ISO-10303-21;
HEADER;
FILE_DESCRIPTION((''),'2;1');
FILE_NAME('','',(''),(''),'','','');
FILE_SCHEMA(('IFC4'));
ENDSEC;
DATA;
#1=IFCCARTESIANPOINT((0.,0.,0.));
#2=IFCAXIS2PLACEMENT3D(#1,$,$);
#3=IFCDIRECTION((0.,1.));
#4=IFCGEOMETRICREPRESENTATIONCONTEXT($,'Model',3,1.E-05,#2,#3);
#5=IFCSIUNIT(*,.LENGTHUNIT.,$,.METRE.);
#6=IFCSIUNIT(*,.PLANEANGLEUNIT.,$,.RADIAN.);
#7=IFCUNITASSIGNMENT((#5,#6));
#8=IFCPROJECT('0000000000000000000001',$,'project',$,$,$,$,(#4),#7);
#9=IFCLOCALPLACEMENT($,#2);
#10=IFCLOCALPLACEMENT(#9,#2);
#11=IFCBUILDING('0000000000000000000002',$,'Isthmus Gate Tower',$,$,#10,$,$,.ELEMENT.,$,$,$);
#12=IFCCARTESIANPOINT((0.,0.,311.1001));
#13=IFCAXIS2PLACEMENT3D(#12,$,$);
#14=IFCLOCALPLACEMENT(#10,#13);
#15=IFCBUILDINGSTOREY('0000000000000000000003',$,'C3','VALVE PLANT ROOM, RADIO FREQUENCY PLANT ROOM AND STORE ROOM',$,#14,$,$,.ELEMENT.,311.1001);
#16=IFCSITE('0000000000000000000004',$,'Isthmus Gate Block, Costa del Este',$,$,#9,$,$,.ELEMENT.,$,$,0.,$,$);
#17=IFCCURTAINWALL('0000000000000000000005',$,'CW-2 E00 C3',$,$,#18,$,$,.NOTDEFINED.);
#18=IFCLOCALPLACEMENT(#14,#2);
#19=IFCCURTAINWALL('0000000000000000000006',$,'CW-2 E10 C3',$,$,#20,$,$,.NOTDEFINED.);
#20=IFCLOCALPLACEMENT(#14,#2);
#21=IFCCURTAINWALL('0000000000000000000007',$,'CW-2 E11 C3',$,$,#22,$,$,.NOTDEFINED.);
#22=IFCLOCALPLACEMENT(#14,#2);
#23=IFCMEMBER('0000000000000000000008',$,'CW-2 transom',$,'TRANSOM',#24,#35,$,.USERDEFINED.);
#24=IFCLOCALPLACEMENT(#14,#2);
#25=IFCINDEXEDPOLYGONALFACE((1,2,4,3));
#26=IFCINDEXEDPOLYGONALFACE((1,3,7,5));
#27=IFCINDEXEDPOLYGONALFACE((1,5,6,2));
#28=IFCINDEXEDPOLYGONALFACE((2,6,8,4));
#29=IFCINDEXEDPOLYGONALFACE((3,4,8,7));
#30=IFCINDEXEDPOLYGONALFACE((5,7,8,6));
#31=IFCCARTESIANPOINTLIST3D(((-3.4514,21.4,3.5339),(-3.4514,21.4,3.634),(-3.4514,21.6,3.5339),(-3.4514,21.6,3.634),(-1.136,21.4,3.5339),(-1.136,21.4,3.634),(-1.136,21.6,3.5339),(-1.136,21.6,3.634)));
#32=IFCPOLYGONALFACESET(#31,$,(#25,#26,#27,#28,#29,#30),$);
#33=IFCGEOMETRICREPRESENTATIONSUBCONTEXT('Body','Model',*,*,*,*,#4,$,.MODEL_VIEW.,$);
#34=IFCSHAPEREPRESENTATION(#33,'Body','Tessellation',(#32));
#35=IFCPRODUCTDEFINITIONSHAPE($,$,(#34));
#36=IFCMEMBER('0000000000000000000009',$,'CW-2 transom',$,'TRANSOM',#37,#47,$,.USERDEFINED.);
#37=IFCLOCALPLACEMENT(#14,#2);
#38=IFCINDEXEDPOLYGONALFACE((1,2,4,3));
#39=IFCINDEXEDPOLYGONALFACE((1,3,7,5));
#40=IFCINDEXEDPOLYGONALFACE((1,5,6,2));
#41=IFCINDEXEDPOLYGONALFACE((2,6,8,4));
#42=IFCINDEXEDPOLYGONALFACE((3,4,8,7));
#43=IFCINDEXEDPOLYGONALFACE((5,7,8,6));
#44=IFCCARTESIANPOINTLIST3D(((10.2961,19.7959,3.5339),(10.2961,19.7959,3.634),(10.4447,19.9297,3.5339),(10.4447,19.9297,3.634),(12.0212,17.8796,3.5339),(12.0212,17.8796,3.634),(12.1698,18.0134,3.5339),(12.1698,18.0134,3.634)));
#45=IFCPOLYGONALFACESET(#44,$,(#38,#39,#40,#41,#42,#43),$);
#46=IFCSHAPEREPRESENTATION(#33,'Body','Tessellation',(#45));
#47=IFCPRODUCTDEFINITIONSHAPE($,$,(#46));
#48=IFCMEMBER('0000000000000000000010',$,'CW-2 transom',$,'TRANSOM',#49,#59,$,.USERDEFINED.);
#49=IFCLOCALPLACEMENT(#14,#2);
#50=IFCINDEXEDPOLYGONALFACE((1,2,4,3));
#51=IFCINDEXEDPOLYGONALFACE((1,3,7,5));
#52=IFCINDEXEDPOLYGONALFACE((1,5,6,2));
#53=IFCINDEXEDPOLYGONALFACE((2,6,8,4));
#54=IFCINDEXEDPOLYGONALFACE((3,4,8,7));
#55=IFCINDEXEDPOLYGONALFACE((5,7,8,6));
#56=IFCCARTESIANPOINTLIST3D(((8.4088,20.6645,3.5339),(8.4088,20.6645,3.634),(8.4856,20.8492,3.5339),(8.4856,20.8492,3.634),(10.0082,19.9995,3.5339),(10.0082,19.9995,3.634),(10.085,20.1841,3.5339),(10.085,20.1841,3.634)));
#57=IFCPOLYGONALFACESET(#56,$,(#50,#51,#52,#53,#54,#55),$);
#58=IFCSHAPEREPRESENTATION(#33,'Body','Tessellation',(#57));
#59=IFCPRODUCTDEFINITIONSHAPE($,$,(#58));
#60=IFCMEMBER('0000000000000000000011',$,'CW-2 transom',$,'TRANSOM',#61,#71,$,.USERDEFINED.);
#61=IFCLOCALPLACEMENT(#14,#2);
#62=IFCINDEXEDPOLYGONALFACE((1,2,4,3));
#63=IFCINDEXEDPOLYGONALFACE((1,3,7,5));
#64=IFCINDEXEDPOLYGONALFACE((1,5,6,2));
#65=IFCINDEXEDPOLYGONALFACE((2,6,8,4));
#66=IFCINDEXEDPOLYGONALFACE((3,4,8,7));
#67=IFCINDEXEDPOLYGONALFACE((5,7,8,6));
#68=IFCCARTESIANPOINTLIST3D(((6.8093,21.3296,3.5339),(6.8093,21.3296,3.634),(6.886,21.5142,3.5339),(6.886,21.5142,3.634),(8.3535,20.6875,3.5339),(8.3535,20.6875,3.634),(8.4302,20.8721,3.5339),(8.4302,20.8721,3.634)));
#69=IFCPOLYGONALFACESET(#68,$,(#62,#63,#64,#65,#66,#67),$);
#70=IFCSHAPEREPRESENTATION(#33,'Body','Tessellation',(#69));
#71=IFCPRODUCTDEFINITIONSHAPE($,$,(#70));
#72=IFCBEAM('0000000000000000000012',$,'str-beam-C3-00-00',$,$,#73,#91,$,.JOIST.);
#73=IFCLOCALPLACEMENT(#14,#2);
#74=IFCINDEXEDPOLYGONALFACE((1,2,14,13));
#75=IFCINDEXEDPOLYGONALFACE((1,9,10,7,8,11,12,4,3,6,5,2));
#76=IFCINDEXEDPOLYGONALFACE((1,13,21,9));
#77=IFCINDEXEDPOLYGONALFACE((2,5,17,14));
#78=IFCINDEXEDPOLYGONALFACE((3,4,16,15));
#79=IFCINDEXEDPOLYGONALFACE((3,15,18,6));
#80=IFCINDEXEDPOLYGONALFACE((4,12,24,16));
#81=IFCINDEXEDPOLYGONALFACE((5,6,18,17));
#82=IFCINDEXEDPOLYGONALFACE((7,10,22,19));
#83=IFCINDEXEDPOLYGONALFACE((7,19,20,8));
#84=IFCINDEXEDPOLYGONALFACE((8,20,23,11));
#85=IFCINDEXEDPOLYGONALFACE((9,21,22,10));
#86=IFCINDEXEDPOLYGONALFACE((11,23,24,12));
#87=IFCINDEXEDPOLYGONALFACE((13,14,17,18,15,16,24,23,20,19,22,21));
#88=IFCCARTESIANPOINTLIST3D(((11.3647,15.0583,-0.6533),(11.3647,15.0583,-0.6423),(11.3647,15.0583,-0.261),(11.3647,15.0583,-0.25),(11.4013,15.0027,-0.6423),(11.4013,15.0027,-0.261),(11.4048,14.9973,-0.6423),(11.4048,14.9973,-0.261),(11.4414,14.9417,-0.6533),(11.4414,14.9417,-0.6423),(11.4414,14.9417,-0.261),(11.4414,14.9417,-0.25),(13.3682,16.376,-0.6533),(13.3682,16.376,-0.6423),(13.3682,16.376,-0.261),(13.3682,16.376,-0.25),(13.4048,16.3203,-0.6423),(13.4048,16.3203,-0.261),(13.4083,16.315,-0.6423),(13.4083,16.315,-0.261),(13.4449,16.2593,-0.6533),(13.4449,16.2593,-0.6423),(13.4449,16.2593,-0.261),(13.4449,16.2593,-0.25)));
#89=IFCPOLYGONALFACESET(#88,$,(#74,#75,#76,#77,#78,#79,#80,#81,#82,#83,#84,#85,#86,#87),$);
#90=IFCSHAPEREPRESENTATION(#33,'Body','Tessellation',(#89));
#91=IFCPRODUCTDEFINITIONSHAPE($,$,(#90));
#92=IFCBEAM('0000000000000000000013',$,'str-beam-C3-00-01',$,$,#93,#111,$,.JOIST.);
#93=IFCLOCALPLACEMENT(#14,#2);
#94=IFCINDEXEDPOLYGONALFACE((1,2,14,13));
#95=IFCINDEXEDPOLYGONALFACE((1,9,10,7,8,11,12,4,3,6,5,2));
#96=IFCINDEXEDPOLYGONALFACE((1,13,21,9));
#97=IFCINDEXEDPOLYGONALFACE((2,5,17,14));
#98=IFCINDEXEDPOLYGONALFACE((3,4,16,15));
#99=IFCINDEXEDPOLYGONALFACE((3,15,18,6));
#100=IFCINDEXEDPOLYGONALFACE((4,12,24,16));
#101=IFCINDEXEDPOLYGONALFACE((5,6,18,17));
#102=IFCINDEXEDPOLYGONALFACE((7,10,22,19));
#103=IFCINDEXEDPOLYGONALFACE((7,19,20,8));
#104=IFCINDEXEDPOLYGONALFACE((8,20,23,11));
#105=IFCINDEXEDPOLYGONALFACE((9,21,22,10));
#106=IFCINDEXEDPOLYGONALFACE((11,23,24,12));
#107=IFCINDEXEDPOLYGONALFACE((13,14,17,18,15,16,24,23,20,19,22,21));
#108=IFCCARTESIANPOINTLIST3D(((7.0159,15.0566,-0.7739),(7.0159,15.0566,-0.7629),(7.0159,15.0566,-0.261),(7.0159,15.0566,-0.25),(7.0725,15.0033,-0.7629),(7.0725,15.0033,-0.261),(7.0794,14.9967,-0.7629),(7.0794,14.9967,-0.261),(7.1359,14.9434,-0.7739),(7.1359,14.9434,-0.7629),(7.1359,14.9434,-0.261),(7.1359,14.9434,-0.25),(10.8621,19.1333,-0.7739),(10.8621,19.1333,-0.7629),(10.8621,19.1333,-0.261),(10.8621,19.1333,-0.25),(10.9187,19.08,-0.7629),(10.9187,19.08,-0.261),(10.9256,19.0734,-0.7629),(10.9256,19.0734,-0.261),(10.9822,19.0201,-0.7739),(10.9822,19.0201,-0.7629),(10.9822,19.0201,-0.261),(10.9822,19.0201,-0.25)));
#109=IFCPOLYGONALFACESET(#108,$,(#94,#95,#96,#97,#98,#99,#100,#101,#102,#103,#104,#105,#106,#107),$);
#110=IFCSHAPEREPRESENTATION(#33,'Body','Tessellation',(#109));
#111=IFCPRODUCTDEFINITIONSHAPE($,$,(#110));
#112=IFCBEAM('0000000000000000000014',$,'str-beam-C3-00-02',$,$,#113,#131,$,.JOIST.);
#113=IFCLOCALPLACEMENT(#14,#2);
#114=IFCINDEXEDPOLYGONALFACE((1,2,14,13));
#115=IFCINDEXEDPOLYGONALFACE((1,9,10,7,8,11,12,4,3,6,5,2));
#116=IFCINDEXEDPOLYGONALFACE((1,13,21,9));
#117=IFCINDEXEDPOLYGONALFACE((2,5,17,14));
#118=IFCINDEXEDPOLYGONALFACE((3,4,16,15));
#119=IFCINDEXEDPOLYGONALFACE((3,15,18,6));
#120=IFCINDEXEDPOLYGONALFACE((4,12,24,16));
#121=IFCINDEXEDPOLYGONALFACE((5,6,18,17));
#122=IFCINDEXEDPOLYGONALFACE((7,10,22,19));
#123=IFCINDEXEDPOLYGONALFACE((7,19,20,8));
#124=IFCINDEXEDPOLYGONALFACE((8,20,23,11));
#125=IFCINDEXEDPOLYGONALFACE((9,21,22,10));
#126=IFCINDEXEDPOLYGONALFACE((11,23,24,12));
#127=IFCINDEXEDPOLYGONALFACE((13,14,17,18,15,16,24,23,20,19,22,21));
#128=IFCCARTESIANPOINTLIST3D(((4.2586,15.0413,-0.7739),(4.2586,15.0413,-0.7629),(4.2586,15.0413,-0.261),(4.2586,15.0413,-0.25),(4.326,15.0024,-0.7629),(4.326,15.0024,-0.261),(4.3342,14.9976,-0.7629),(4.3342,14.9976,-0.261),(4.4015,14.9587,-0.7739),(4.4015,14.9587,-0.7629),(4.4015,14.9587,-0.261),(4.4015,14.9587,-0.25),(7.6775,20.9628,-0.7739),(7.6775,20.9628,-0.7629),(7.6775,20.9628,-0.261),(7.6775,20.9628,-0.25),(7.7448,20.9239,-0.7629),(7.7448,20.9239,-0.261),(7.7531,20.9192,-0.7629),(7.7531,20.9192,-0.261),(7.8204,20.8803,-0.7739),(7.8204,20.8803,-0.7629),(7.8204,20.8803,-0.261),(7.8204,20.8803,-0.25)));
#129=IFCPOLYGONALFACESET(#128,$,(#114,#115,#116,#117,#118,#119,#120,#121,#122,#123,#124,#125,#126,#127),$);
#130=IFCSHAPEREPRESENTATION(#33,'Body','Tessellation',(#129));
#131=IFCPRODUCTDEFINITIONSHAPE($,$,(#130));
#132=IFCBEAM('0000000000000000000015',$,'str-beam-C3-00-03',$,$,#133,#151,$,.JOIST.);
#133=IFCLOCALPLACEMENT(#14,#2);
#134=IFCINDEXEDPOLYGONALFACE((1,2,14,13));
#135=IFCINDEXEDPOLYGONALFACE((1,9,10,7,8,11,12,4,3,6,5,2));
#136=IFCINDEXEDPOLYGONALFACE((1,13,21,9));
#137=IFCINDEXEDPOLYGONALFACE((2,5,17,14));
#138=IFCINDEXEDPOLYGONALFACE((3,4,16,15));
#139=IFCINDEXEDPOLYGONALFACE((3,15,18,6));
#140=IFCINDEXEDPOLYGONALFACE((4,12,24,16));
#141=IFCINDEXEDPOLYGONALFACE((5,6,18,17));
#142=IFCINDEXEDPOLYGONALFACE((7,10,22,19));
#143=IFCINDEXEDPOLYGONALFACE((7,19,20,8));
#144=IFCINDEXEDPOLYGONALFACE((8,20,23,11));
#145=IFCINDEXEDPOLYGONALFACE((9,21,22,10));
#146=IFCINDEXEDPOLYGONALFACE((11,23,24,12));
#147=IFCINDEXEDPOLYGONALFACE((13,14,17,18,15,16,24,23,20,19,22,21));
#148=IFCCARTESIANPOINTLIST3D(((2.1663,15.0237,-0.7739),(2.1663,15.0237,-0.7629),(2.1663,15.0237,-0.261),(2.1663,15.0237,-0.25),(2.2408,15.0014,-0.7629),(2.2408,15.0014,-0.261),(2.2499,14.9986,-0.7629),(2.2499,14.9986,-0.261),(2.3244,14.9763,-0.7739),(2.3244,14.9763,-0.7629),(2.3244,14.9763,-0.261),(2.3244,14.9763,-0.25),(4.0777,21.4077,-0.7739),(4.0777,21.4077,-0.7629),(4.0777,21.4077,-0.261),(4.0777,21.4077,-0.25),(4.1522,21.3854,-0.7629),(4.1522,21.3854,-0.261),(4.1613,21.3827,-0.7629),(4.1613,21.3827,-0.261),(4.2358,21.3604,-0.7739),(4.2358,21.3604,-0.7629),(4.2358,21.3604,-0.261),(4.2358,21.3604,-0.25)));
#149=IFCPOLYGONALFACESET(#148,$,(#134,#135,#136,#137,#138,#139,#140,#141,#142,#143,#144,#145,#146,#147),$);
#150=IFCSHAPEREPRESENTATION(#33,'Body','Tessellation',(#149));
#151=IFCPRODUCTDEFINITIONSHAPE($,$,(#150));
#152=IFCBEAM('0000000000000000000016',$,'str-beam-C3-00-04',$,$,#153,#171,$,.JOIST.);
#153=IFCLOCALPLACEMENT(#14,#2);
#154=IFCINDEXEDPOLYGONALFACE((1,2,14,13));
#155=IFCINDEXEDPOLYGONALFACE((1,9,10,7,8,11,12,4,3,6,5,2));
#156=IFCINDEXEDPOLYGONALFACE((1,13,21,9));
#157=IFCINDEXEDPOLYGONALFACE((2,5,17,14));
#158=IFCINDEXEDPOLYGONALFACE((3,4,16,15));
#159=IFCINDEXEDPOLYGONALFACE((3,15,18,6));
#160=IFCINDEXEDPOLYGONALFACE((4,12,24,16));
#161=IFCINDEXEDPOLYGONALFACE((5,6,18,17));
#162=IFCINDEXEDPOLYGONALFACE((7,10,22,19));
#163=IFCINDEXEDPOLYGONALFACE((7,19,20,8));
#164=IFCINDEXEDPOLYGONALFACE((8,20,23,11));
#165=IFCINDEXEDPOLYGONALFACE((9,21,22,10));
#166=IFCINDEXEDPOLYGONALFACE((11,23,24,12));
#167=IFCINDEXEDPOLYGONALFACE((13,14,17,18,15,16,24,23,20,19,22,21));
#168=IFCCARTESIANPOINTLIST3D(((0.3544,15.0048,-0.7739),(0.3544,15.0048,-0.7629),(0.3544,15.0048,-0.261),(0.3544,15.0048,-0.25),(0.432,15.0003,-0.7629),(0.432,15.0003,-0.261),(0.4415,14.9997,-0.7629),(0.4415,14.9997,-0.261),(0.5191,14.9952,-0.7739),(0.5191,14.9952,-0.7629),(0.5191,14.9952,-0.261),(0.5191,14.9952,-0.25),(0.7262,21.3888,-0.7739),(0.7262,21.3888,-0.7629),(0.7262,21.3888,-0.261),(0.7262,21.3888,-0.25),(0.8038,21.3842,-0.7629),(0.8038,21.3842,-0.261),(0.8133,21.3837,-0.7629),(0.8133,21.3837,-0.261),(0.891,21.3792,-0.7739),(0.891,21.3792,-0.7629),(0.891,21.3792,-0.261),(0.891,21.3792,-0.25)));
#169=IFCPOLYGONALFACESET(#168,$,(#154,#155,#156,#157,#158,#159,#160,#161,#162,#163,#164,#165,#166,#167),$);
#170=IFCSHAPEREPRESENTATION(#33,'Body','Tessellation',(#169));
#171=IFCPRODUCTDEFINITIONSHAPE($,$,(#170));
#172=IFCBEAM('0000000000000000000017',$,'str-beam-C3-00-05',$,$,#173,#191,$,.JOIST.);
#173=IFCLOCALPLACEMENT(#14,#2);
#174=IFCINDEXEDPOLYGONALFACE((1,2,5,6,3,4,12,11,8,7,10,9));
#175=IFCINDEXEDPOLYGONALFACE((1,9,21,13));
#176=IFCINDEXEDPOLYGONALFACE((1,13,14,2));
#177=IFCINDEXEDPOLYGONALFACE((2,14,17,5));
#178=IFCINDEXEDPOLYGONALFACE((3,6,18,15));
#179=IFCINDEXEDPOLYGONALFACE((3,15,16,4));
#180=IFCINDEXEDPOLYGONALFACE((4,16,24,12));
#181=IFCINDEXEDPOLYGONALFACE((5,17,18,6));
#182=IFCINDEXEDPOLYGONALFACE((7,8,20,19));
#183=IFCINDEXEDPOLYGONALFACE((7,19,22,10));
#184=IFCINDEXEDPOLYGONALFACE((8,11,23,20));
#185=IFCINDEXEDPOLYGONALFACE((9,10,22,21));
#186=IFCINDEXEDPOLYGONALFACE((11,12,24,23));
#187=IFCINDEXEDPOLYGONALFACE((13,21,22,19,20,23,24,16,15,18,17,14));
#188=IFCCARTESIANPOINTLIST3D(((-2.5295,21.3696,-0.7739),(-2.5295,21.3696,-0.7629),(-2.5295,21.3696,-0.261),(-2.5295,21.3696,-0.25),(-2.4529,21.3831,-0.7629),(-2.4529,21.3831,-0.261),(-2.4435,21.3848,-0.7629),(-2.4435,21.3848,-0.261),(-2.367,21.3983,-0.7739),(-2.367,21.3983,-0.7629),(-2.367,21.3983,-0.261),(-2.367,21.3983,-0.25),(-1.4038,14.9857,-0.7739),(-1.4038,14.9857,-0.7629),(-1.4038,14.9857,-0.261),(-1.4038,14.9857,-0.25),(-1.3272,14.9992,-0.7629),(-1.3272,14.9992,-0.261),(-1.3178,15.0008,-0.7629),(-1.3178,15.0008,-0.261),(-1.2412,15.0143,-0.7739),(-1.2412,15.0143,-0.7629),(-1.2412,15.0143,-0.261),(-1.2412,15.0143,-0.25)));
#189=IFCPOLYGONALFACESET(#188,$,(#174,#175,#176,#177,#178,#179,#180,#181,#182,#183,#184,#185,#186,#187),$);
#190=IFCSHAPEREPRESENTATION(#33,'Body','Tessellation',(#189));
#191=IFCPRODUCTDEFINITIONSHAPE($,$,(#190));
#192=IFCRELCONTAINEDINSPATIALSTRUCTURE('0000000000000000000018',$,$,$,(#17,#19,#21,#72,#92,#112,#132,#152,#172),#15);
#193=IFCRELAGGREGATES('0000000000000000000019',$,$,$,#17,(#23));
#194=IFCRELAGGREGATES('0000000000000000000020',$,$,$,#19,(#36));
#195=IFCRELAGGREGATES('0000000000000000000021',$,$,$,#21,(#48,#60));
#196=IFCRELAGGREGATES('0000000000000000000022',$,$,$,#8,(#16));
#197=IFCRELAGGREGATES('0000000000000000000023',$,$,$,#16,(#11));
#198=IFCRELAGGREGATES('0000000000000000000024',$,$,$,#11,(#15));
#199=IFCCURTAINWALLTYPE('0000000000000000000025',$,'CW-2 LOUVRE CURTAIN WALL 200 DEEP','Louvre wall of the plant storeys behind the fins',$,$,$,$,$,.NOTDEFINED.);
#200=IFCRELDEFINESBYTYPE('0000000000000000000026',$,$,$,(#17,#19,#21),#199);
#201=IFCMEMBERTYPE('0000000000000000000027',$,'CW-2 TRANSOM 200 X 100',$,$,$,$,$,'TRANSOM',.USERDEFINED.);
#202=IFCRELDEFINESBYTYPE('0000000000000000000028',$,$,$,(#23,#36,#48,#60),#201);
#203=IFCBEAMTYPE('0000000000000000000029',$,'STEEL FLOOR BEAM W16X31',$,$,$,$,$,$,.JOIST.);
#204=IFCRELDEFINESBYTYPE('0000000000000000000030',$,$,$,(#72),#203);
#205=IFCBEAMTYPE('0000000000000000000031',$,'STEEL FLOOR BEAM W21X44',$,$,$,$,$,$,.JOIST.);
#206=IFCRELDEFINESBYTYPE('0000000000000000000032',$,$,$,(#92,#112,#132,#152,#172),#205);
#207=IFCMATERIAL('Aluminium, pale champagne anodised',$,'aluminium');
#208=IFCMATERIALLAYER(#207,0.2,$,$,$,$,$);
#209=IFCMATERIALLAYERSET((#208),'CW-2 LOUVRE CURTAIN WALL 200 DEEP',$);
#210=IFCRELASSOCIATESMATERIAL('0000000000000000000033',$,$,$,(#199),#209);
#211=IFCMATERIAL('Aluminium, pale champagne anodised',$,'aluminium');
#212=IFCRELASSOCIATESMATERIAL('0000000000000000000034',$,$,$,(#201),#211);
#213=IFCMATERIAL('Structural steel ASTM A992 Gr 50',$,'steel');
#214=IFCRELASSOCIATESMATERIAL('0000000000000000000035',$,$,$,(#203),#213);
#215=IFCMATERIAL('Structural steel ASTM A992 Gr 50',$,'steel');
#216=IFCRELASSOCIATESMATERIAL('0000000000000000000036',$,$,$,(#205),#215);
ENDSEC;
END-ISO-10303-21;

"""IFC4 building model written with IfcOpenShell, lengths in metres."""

from ifc_helpers import new_model, si_unit, direction, frame, origin, origin_2d, place, context, subcontext, project, spatial, rectangle, i_section, extrude, material, layer, layer_set, material_profile, profile_set, type_object, element, aggregate, save


model = new_model("IFC4")

# Units and contexts
model_context = context("Model", 3, precision=1e-05, world=origin(), true_north=direction((0.0, 1.0)))
body_context = subcontext(model_context, "Body", "Model", "MODEL_VIEW")
ifc_project = project(units=[si_unit("LENGTHUNIT", "METRE"), si_unit("PLANEANGLEUNIT", "RADIAN")], contexts=[model_context])

# Site, building, storey
site_placement = place(None, origin())
site = spatial("IfcSite", under=ifc_project, at=site_placement, Name="Isthmus Gate Block, Costa del Este", CompositionType="ELEMENT", RefElevation=0.0)
building_placement = place(site_placement, origin())
building = spatial("IfcBuilding", under=site, at=building_placement, Name="Isthmus Gate Tower", CompositionType="ELEMENT")
storey_placement = place(building_placement, frame((0.0, 0.0, 311.1001)))
storey = spatial("IfcBuildingStorey", under=building, at=storey_placement, Name="C3", Description="VALVE PLANT ROOM, RADIO FREQUENCY PLANT ROOM AND STORE ROOM", CompositionType="ELEMENT", Elevation=311.1001)

# Curtain wall
ifc_material_1 = material(Name="Aluminium, pale champagne anodised", Category="aluminium")
ifc_layer_1 = layer(ifc_material_1, 0.2)
ifc_layer_set_1 = layer_set([ifc_layer_1], Name="CW-2 LOUVRE CURTAIN WALL 200 DEEP")
curtain_wall_type = type_object("IfcCurtainWallType", Name="CW-2 LOUVRE CURTAIN WALL 200 DEEP", Description="Louvre wall of the plant storeys behind the fins", PredefinedType="NOTDEFINED", material=ifc_layer_set_1)
curtain_wall_1_placement = place(storey_placement, origin())
curtain_wall_1 = element("IfcCurtainWall", 1, at=curtain_wall_1_placement, inside=storey, type_object=curtain_wall_type, Name="CW-2 E00 C3", PredefinedType="NOTDEFINED")

# Curtain walls
curtain_wall_2_placement = place(storey_placement, origin())
curtain_wall_2 = element("IfcCurtainWall", 2, at=curtain_wall_2_placement, inside=storey, type_object=curtain_wall_type, Name="CW-2 E10 C3", PredefinedType="NOTDEFINED")
curtain_wall_3_placement = place(storey_placement, origin())
curtain_wall_3 = element("IfcCurtainWall", 3, at=curtain_wall_3_placement, inside=storey, type_object=curtain_wall_type, Name="CW-2 E11 C3", PredefinedType="NOTDEFINED")

# Members
ifc_material_2 = material(Name="Aluminium, pale champagne anodised", Category="aluminium")
ifc_material_profile_1 = material_profile(ifc_material_2, rectangle(XDim=0.2, YDim=0.1001, at=origin_2d()), Name="200x100")
ifc_profile_set_1 = profile_set([ifc_material_profile_1], Name="Aluminium, pale champagne anodised")
member_type_1 = type_object("IfcMemberType", Name="CW-2 TRANSOM 200 X 100", ElementType="TRANSOM", PredefinedType="USERDEFINED", material=ifc_profile_set_1)
member_1_placement = place(storey_placement, frame((-1.136, 21.5, 3.584), z_axis=(-1.0, 0.0, 0.0), x_axis=(0.0, -1.0, 0.0)))
member_1 = element("IfcMember", 4, at=member_1_placement, type_object=member_type_1, Name="CW-2 transom", ObjectType="TRANSOM", PredefinedType="USERDEFINED", context=body_context, shape_type="SweptSolid", body=[
    extrude(rectangle(XDim=0.2, YDim=0.1001, at=origin_2d()), origin(), (0.0, 0.0, 1.0), 2.3154),
])
member_2_placement = place(storey_placement, frame((12.0955, 17.9465, 3.584), z_axis=(-0.669064, 0.743205, 0.0), x_axis=(-0.743205, -0.669064, 0.0)))
member_2 = element("IfcMember", 5, at=member_2_placement, type_object=member_type_1, Name="CW-2 transom", ObjectType="TRANSOM", PredefinedType="USERDEFINED", context=body_context, shape_type="SweptSolid", body=[
    extrude(rectangle(XDim=0.2, YDim=0.1001, at=origin_2d()), origin(), (0.0, 0.0, 1.0), 2.5784),
])
member_3_placement = place(storey_placement, frame((10.0466, 20.0918, 3.584), z_axis=(-0.923356, 0.383945, 0.0), x_axis=(-0.383945, -0.923356, 0.0)))
member_3 = element("IfcMember", 6, at=member_3_placement, type_object=member_type_1, Name="CW-2 transom", ObjectType="TRANSOM", PredefinedType="USERDEFINED", context=body_context, shape_type="SweptSolid", body=[
    extrude(rectangle(XDim=0.2, YDim=0.1001, at=origin_2d()), origin(), (0.0, 0.0, 1.0), 1.7322),
])
member_4_placement = place(storey_placement, frame((8.3918, 20.7798, 3.584), z_axis=(-0.923357, 0.383942, 0.0), x_axis=(-0.383942, -0.923357, 0.0)))
member_4 = element("IfcMember", 7, at=member_4_placement, type_object=member_type_1, Name="CW-2 transom", ObjectType="TRANSOM", PredefinedType="USERDEFINED", context=body_context, shape_type="SweptSolid", body=[
    extrude(rectangle(XDim=0.2, YDim=0.1001, at=origin_2d()), origin(), (0.0, 0.0, 1.0), 1.6724),
])

# Beams
ifc_material_3 = material(Name="Structural steel ASTM A992 Gr 50", Category="steel")
ifc_material_profile_2 = material_profile(ifc_material_3, i_section(OverallWidth=0.1396, OverallDepth=0.4033, WebThickness=0.0063, FlangeThickness=0.011, at=origin_2d()), Name="W16X31")
ifc_profile_set_2 = profile_set([ifc_material_profile_2], Name="Structural steel ASTM A992 Gr 50")
beam_type_1 = type_object("IfcBeamType", Name="STEEL FLOOR BEAM W16X31", PredefinedType="JOIST", material=ifc_profile_set_2)
beam_1_placement = place(storey_placement, frame((11.4031, 15.0, -0.4517), z_axis=(0.835496, 0.549497, 0.0), x_axis=(-0.549497, 0.835496, 0.0)))
element("IfcBeam", 8, at=beam_1_placement, inside=storey, type_object=beam_type_1, Name="str-beam-C3-00-00", PredefinedType="JOIST", context=body_context, shape_type="SweptSolid", body=[
    extrude(i_section(OverallWidth=0.1396, OverallDepth=0.4033, WebThickness=0.0063, FlangeThickness=0.011, at=origin_2d()), origin(), (0.0, 0.0, 1.0), 2.3979),
])
ifc_material_4 = material(Name="Structural steel ASTM A992 Gr 50", Category="steel")
ifc_material_profile_3 = material_profile(ifc_material_4, i_section(OverallWidth=0.165, OverallDepth=0.5239, WebThickness=0.0095, FlangeThickness=0.011, at=origin_2d()), Name="W21X44")
ifc_profile_set_3 = profile_set([ifc_material_profile_3], Name="Structural steel ASTM A992 Gr 50")
beam_type_2 = type_object("IfcBeamType", Name="STEEL FLOOR BEAM W21X44", PredefinedType="JOIST", material=ifc_profile_set_3)
beam_2_placement = place(storey_placement, frame((7.0759, 15.0, -0.512), z_axis=(0.686247, 0.727368, 0.0), x_axis=(-0.727368, 0.686247, 0.0)))
element("IfcBeam", 9, at=beam_2_placement, inside=storey, type_object=beam_type_2, Name="str-beam-C3-00-01", PredefinedType="JOIST", context=body_context, shape_type="SweptSolid", body=[
    extrude(i_section(OverallWidth=0.165, OverallDepth=0.5239, WebThickness=0.0095, FlangeThickness=0.011, at=origin_2d()), origin(), (0.0, 0.0, 1.0), 5.6047),
])
beam_3_placement = place(storey_placement, frame((4.3301, 15.0, -0.512), z_axis=(0.50001, 0.86602, 0.0), x_axis=(-0.86602, 0.50001, 0.0)))
element("IfcBeam", 10, at=beam_3_placement, inside=storey, type_object=beam_type_2, Name="str-beam-C3-00-02", PredefinedType="JOIST", context=body_context, shape_type="SweptSolid", body=[
    extrude(i_section(OverallWidth=0.165, OverallDepth=0.5239, WebThickness=0.0095, FlangeThickness=0.011, at=origin_2d()), origin(), (0.0, 0.0, 1.0), 6.8376),
])
beam_4_placement = place(storey_placement, frame((2.2454, 15.0, -0.512), z_axis=(0.28682, 0.957984, 0.0), x_axis=(-0.957984, 0.28682, 0.0)))
element("IfcBeam", 11, at=beam_4_placement, inside=storey, type_object=beam_type_2, Name="str-beam-C3-00-03", PredefinedType="JOIST", context=body_context, shape_type="SweptSolid", body=[
    extrude(i_section(OverallWidth=0.165, OverallDepth=0.5239, WebThickness=0.0095, FlangeThickness=0.011, at=origin_2d()), origin(), (0.0, 0.0, 1.0), 6.6641),
])
beam_5_placement = place(storey_placement, frame((0.4368, 15.0, -0.512), z_axis=(0.058145, 0.998308, 0.0), x_axis=(-0.998308, 0.058145, 0.0)))
element("IfcBeam", 12, at=beam_5_placement, inside=storey, type_object=beam_type_2, Name="str-beam-C3-00-04", PredefinedType="JOIST", context=body_context, shape_type="SweptSolid", body=[
    extrude(i_section(OverallWidth=0.165, OverallDepth=0.5239, WebThickness=0.0095, FlangeThickness=0.011, at=origin_2d()), origin(), (0.0, 0.0, 1.0), 6.3948),
])
beam_6_placement = place(storey_placement, frame((-1.3225, 15.0, -0.512), z_axis=(-0.173656, 0.984806, 0.0), x_axis=(-0.984806, -0.173656, 0.0)))
element("IfcBeam", 13, at=beam_6_placement, inside=storey, type_object=beam_type_2, Name="str-beam-C3-00-05", PredefinedType="JOIST", context=body_context, shape_type="SweptSolid", body=[
    extrude(i_section(OverallWidth=0.165, OverallDepth=0.5239, WebThickness=0.0095, FlangeThickness=0.011, at=origin_2d()), origin(), (0.0, 0.0, 1.0), 6.4824),
])

aggregate(curtain_wall_1, [member_1])
aggregate(curtain_wall_2, [member_2])
aggregate(curtain_wall_3, [member_3, member_4])

save(model, "model.ifc")
